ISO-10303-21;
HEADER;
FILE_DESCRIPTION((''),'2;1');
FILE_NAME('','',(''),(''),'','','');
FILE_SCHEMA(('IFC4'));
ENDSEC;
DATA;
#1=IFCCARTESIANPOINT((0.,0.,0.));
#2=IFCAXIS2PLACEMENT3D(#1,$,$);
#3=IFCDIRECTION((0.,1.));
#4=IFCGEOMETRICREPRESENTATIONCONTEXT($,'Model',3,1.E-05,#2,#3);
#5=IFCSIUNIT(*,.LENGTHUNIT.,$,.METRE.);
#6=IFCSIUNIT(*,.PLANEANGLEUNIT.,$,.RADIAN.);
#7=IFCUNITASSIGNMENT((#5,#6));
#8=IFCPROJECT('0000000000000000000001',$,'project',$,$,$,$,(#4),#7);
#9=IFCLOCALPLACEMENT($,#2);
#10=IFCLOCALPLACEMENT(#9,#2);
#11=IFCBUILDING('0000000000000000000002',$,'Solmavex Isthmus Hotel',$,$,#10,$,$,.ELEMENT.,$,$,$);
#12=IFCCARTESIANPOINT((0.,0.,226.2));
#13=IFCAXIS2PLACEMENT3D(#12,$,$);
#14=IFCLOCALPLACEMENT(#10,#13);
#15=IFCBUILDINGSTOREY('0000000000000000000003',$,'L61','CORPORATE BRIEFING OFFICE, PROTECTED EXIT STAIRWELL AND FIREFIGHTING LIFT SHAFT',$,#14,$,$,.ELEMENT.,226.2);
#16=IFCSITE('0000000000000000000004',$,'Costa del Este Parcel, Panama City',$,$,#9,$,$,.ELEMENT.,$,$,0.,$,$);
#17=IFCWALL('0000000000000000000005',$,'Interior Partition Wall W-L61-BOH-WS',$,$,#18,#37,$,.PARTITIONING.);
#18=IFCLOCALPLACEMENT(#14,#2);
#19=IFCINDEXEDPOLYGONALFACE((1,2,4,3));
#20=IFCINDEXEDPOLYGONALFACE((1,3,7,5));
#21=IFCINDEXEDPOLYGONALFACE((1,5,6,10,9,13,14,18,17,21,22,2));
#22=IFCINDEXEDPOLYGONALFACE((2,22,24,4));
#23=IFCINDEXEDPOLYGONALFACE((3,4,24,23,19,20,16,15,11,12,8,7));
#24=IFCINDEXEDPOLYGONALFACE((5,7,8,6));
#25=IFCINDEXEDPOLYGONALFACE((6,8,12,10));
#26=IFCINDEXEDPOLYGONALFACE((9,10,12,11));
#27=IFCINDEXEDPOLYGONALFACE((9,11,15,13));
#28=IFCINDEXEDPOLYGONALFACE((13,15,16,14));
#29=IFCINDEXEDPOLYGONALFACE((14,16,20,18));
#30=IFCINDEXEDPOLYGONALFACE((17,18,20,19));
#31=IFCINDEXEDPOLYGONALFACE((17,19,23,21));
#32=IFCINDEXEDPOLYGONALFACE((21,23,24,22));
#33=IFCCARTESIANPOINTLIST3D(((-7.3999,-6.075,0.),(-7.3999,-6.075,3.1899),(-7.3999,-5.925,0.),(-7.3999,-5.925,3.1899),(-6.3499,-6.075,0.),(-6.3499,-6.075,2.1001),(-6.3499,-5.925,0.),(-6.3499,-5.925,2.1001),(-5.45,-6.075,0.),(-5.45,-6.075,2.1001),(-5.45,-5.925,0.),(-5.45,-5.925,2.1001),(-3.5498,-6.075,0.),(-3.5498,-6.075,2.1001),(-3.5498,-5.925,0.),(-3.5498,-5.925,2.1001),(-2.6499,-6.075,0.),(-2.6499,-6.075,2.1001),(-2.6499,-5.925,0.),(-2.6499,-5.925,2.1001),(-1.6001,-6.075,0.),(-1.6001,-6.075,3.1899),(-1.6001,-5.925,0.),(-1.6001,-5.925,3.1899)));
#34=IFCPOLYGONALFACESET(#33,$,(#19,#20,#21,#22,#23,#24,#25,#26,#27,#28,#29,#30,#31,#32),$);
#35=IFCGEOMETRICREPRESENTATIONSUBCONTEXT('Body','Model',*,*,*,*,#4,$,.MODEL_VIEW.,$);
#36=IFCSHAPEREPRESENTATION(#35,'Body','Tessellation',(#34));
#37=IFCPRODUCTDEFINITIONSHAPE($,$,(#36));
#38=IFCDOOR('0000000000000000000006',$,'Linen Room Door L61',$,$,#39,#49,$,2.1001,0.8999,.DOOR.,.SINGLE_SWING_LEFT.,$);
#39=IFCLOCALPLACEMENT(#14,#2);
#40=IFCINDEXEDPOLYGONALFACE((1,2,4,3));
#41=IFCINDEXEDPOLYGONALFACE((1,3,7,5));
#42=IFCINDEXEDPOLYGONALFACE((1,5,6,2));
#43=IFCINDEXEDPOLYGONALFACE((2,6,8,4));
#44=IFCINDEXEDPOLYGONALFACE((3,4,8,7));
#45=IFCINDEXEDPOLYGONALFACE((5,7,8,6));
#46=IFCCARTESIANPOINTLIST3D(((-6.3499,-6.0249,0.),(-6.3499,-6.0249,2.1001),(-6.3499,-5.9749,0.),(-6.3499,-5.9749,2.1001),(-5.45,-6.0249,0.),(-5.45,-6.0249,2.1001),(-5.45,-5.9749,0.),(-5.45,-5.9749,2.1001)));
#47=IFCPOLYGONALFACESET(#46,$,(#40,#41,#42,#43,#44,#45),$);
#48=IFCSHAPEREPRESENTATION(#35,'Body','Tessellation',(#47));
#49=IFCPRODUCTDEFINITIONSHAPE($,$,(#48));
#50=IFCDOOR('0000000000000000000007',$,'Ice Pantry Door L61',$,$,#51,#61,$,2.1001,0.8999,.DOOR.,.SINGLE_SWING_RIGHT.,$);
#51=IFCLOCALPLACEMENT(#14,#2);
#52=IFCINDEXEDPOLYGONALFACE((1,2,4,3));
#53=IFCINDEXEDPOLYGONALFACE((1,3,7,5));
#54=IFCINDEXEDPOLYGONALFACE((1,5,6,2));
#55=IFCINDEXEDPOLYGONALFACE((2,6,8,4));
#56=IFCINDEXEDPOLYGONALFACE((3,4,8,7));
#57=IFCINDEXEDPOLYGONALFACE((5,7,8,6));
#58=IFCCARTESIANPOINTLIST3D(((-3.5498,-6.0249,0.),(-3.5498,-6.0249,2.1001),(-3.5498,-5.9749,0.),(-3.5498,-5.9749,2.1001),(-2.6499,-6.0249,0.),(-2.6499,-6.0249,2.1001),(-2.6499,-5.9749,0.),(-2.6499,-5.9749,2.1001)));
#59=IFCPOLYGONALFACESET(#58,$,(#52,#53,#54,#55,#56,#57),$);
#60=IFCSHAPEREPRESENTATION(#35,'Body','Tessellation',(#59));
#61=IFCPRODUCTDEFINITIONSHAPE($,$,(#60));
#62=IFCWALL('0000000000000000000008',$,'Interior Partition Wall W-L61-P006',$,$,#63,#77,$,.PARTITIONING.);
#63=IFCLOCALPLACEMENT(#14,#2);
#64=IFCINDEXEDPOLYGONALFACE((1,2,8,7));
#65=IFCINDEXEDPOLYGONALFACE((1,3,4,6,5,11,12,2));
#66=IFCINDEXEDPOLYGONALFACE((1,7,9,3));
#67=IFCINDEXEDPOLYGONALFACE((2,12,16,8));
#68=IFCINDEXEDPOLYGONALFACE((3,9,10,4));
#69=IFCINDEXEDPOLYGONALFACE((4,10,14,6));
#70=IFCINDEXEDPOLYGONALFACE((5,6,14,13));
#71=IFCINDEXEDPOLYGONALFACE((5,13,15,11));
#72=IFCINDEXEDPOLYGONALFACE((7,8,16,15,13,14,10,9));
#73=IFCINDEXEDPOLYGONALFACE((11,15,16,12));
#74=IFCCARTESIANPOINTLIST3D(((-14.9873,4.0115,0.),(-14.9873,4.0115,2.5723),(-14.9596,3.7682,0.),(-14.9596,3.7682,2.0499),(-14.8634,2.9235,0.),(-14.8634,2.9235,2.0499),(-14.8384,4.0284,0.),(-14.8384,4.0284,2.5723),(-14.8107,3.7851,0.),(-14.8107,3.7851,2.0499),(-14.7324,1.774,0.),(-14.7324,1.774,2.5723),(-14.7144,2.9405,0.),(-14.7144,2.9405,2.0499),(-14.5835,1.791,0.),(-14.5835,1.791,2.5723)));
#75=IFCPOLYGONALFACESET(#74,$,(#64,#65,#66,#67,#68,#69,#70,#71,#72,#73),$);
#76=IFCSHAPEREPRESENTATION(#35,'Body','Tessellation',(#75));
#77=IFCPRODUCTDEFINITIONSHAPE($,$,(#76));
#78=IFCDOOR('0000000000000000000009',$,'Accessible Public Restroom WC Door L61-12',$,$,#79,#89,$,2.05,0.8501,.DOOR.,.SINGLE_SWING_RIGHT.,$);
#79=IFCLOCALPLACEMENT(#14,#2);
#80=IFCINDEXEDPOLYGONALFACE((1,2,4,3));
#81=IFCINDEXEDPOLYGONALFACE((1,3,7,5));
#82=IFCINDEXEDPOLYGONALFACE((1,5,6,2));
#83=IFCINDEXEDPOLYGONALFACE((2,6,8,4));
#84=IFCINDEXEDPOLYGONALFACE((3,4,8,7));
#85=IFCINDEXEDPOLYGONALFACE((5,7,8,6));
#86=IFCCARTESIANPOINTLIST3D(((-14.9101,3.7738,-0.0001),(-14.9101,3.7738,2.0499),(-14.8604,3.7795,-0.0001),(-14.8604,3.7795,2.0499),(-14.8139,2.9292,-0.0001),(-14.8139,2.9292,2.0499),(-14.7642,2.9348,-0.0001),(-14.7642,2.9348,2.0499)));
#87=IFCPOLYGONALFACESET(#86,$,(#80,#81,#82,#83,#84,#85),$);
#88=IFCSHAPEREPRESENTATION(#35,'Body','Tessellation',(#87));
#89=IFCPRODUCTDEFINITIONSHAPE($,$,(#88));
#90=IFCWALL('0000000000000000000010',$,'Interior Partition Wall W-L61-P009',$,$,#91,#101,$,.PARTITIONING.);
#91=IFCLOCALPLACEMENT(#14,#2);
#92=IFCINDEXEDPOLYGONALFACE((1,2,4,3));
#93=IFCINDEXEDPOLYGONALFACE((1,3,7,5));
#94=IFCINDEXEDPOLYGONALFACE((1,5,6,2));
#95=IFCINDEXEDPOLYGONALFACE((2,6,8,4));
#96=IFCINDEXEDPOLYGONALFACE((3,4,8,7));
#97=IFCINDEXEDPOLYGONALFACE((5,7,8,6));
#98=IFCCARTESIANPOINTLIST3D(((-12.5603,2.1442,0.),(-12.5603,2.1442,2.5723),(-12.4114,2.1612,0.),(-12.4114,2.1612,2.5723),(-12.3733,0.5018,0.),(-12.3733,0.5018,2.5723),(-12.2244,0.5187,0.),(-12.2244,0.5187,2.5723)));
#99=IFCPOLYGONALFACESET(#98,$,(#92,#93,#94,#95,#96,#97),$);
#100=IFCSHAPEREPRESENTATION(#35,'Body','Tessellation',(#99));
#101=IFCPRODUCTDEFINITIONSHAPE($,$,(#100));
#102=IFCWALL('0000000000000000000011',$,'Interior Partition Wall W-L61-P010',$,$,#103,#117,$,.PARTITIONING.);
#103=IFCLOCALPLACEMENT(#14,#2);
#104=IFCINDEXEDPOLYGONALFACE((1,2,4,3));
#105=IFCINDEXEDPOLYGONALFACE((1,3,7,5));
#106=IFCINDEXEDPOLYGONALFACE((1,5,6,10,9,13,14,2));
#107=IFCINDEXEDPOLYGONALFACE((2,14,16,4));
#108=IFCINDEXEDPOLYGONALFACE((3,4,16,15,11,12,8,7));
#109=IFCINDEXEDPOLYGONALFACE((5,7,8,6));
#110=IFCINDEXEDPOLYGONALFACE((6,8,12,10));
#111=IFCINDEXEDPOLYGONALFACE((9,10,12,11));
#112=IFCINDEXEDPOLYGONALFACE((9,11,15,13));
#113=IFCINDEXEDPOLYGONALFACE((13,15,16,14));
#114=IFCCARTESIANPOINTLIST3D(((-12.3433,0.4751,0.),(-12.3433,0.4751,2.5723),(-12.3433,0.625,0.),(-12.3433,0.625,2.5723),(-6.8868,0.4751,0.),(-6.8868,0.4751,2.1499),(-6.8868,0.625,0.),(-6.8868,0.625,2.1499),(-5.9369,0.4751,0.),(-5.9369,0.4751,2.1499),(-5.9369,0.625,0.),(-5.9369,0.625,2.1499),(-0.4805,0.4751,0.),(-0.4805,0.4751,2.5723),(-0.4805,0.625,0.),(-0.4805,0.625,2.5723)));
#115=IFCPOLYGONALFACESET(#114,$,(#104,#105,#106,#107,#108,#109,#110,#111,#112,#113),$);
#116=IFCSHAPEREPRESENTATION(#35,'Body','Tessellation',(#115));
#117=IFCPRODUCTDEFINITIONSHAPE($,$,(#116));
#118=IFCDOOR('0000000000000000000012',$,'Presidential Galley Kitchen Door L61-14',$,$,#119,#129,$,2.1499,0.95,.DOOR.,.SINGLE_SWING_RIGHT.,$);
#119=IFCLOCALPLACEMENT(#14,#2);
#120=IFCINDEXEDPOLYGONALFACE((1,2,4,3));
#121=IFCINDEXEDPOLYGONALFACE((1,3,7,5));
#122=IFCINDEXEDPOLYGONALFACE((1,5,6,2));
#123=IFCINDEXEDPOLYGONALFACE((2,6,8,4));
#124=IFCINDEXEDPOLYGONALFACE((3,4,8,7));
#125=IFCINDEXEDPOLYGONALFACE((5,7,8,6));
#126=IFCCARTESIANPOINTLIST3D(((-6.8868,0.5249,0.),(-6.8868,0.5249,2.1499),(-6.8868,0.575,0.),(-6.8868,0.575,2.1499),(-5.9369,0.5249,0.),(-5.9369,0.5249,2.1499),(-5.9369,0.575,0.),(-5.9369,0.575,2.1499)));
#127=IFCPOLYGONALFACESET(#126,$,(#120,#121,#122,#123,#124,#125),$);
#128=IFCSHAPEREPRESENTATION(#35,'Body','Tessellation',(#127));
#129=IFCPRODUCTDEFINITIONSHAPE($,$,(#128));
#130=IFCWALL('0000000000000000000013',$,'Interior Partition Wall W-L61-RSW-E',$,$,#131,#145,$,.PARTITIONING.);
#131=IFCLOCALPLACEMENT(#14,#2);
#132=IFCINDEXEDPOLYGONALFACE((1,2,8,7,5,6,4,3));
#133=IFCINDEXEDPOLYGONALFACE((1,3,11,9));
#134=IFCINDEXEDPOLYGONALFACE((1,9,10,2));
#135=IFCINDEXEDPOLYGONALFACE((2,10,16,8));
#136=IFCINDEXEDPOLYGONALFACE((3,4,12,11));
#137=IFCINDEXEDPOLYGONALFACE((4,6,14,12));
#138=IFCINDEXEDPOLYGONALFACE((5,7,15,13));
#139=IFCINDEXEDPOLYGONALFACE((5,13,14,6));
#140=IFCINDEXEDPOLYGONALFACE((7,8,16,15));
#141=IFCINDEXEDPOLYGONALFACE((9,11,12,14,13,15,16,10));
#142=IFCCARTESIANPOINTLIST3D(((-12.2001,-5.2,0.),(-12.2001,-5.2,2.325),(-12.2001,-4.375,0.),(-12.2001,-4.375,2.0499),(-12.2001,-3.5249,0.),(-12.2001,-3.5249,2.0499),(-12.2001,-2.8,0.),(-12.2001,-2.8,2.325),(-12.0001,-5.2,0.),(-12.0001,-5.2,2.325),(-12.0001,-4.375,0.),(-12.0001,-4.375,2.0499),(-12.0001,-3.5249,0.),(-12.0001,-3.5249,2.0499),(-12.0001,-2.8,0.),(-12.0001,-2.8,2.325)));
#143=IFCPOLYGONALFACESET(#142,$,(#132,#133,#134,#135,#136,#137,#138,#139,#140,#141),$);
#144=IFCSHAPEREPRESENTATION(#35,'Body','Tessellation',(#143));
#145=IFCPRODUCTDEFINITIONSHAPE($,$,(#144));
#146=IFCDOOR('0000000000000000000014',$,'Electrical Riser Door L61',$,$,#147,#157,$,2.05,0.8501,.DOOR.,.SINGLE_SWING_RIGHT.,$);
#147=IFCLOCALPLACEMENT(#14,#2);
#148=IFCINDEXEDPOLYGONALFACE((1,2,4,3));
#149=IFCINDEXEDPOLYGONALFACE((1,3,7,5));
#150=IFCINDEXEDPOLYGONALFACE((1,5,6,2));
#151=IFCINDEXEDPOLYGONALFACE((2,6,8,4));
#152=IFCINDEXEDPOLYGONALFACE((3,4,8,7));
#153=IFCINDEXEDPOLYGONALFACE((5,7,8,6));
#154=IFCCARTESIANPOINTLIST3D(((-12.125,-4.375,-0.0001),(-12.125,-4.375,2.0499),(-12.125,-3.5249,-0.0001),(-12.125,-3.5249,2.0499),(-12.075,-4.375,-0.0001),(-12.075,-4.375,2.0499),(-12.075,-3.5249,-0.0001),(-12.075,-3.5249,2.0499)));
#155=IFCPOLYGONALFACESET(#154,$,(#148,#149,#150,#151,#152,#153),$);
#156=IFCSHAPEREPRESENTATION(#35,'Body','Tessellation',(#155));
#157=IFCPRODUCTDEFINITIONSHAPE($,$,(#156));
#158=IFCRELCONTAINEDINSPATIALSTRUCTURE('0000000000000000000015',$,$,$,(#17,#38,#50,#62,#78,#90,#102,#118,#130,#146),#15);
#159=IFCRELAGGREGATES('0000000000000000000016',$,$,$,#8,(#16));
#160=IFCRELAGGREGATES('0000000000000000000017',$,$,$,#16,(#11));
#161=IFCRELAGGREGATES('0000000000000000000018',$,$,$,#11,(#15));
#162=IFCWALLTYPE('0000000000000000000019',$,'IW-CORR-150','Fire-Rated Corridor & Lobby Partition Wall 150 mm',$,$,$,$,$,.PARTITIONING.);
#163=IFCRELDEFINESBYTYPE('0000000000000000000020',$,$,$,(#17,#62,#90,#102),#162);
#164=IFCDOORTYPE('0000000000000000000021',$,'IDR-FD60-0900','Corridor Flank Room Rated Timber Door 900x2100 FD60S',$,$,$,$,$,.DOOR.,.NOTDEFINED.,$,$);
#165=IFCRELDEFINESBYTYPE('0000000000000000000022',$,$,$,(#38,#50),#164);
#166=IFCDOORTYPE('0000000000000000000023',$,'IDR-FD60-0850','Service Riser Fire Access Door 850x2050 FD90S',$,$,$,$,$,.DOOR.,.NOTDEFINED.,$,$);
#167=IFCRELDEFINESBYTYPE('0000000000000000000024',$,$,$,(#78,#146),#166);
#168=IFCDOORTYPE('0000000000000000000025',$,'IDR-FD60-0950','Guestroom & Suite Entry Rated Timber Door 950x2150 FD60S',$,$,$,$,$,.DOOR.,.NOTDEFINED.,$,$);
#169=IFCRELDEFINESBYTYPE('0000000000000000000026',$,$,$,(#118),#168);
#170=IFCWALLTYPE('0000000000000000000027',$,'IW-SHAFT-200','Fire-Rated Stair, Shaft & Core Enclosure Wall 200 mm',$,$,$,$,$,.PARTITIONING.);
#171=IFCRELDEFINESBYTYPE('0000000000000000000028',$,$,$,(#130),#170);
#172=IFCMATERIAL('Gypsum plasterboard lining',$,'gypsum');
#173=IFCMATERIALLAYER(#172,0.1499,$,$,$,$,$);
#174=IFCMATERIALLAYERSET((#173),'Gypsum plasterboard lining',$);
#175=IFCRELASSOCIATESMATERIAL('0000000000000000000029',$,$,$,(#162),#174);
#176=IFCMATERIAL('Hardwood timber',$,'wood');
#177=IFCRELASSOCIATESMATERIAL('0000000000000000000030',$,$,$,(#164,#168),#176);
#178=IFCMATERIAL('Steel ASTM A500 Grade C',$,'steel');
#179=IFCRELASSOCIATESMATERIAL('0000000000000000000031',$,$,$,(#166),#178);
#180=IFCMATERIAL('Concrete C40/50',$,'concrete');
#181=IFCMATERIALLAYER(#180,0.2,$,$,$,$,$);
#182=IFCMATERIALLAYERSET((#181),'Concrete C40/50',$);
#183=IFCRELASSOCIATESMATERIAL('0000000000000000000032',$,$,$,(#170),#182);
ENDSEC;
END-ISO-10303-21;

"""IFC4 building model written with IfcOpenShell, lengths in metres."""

from ifc_helpers import new_model, si_unit, direction, frame, frame_2d, origin, place, context, subcontext, project, spatial, rectangle, extrude, material, layer, layer_set, type_object, element, fill, save


model = new_model("IFC4")

# Units and contexts
model_context = context("Model", 3, precision=1e-05, world=origin(), true_north=direction((0.0, 1.0)))
body_context = subcontext(model_context, "Body", "Model", "MODEL_VIEW")
ifc_project = project(units=[si_unit("LENGTHUNIT", "METRE"), si_unit("PLANEANGLEUNIT", "RADIAN")], contexts=[model_context])

# Site, building, storey
site_placement = place(None, origin())
site = spatial("IfcSite", under=ifc_project, at=site_placement, Name="Costa del Este Parcel, Panama City", CompositionType="ELEMENT", RefElevation=0.0)
building_placement = place(site_placement, origin())
building = spatial("IfcBuilding", under=site, at=building_placement, Name="Solmavex Isthmus Hotel", CompositionType="ELEMENT")
storey_placement = place(building_placement, frame((0.0, 0.0, 226.2)))
storey = spatial("IfcBuildingStorey", under=building, at=storey_placement, Name="L61", Description="CORPORATE BRIEFING OFFICE, PROTECTED EXIT STAIRWELL AND FIREFIGHTING LIFT SHAFT", CompositionType="ELEMENT", Elevation=226.2)

# Shared definitions
ifc_material_1 = material(Name="Gypsum plasterboard lining", Category="gypsum")

# Wall, openings, doors
ifc_layer_1 = layer(ifc_material_1, 0.1499)
ifc_layer_set_1 = layer_set([ifc_layer_1], Name="Gypsum plasterboard lining")
wall_type_1 = type_object("IfcWallType", Name="IW-CORR-150", Description="Fire-Rated Corridor & Lobby Partition Wall 150 mm", PredefinedType="PARTITIONING", material=ifc_layer_set_1)
wall_1_placement = place(storey_placement, frame((-7.3999, -6.0, 0.0), z_axis=(0.0, 0.0, 1.0), x_axis=(1.0, 0.0, 0.0)))
wall_1 = element("IfcWall", 1, at=wall_1_placement, inside=storey, type_object=wall_type_1, Name="Interior Partition Wall W-L61-BOH-WS", PredefinedType="PARTITIONING", context=body_context, shape_type="SweptSolid", body=[
    extrude(rectangle(XDim=5.7998, YDim=0.1499, at=frame_2d((2.8999, 0.0))), origin(), (0.0, 0.0, 1.0), 3.1899),
])
opening_1_placement = place(wall_1_placement, frame((1.05, 0.0, 0.0)))
opening_1 = element("IfcOpeningElement", 2, at=opening_1_placement, cuts=wall_1, PredefinedType="OPENING", context=body_context, shape_type="SweptSolid", body=[
    extrude(rectangle(XDim=0.8999, YDim=2.1001, at=frame_2d((0.45, 1.05))), frame((0.0, 0.085, 0.0), z_axis=(0.0, -1.0, 0.0), x_axis=(1.0, 0.0, 0.0)), (0.0, 0.0, 1.0), 0.1699),
])
opening_2_placement = place(wall_1_placement, frame((3.8501, 0.0, 0.0)))
opening_2 = element("IfcOpeningElement", 3, at=opening_2_placement, cuts=wall_1, PredefinedType="OPENING", context=body_context, shape_type="SweptSolid", body=[
    extrude(rectangle(XDim=0.8999, YDim=2.1001, at=frame_2d((0.45, 1.05))), frame((0.0, 0.085, 0.0), z_axis=(0.0, -1.0, 0.0), x_axis=(1.0, 0.0, 0.0)), (0.0, 0.0, 1.0), 0.1699),
])
ifc_material_2 = material(Name="Hardwood timber", Category="wood")
door_type_1 = type_object("IfcDoorType", Name="IDR-FD60-0900", Description="Corridor Flank Room Rated Timber Door 900x2100 FD60S", OperationType="NOTDEFINED", PredefinedType="DOOR", material=ifc_material_2)
door_1_placement = place(opening_1_placement, frame((0.8999, 0.0, 0.0), z_axis=(0.0, 0.0, 1.0), x_axis=(-1.0, 0.0, 0.0)))
door_1 = element("IfcDoor", 4, at=door_1_placement, inside=storey, type_object=door_type_1, Name="Linen Room Door L61", OperationType="SINGLE_SWING_LEFT", OverallHeight=2.1001, OverallWidth=0.8999, PredefinedType="DOOR", context=body_context, shape_type="SweptSolid", body=[
    extrude(rectangle(XDim=0.8999, YDim=2.1001, at=frame_2d((0.45, 1.05))), frame((0.0, 0.0249, 0.0), z_axis=(0.0, -1.0, 0.0), x_axis=(1.0, 0.0, 0.0)), (0.0, 0.0, 1.0), 0.05),
])
fill(opening_1, door_1)
door_2_placement = place(opening_2_placement, frame((0.8999, 0.0, 0.0), z_axis=(0.0, 0.0, 1.0), x_axis=(-1.0, 0.0, 0.0)))
door_2 = element("IfcDoor", 5, at=door_2_placement, inside=storey, type_object=door_type_1, Name="Ice Pantry Door L61", OperationType="SINGLE_SWING_RIGHT", OverallHeight=2.1001, OverallWidth=0.8999, PredefinedType="DOOR", context=body_context, shape_type="SweptSolid", body=[
    extrude(rectangle(XDim=0.8999, YDim=2.1001, at=frame_2d((0.45, 1.05))), frame((0.0, 0.0249, 0.0), z_axis=(0.0, -1.0, 0.0), x_axis=(1.0, 0.0, 0.0)), (0.0, 0.0, 1.0), 0.05),
])
fill(opening_2, door_2)

# Wall, opening, door
wall_2_placement = place(storey_placement, frame((-14.658, 1.7825, 0.0), z_axis=(0.0, 0.0, 1.0), x_axis=(-0.11318, 0.993575, 0.0)))
wall_2 = element("IfcWall", 6, at=wall_2_placement, inside=storey, type_object=wall_type_1, Name="Interior Partition Wall W-L61-P006", PredefinedType="PARTITIONING", context=body_context, shape_type="SweptSolid", body=[
    extrude(rectangle(XDim=2.252, YDim=0.1499, at=frame_2d((1.126, 0.0))), origin(), (0.0, 0.0, 1.0), 2.5723),
])
opening_3_placement = place(wall_2_placement, frame((1.157, 0.0, 0.0)))
opening_3 = element("IfcOpeningElement", 7, at=opening_3_placement, cuts=wall_2, PredefinedType="OPENING", context=body_context, shape_type="SweptSolid", body=[
    extrude(rectangle(XDim=0.8501, YDim=2.05, at=frame_2d((0.425, 1.0249))), frame((0.0, 0.085, 0.0), z_axis=(0.0, -1.0, 0.0), x_axis=(1.0, 0.0, 0.0)), (0.0, 0.0, 1.0), 0.1699),
])
ifc_material_3 = material(Name="Steel ASTM A500 Grade C", Category="steel")
door_type_2 = type_object("IfcDoorType", Name="IDR-FD60-0850", Description="Service Riser Fire Access Door 850x2050 FD90S", OperationType="NOTDEFINED", PredefinedType="DOOR", material=ifc_material_3)
door_3_placement = place(opening_3_placement, frame((0.8501, 0.0, 0.0), z_axis=(0.0, 0.0, 1.0), x_axis=(-1.0, 0.0, 0.0)))
door_3 = element("IfcDoor", 8, at=door_3_placement, inside=storey, type_object=door_type_2, Name="Accessible Public Restroom WC Door L61-12", OperationType="SINGLE_SWING_RIGHT", OverallHeight=2.05, OverallWidth=0.8501, PredefinedType="DOOR", context=body_context, shape_type="SweptSolid", body=[
    extrude(rectangle(XDim=0.8501, YDim=2.05, at=frame_2d((0.425, 1.0249))), frame((0.0, 0.0249, 0.0), z_axis=(0.0, -1.0, 0.0), x_axis=(1.0, 0.0, 0.0)), (0.0, 0.0, 1.0), 0.05),
])
fill(opening_3, door_3)

# Wall
wall_3_placement = place(storey_placement, frame((-12.4858, 2.1528, 0.0), z_axis=(0.0, 0.0, 1.0), x_axis=(0.113122, -0.993581, 0.0)))
element("IfcWall", 9, at=wall_3_placement, inside=storey, type_object=wall_type_1, Name="Interior Partition Wall W-L61-P009", PredefinedType="PARTITIONING", context=body_context, shape_type="SweptSolid", body=[
    extrude(rectangle(XDim=1.6531, YDim=0.1499, at=frame_2d((0.8267, 0.0))), origin(), (0.0, 0.0, 1.0), 2.5723),
])

# Walls, openings, doors
wall_4_placement = place(storey_placement, frame((-12.3433, 0.55, 0.0), z_axis=(0.0, 0.0, 1.0), x_axis=(1.0, 0.0, 0.0)))
wall_4 = element("IfcWall", 10, at=wall_4_placement, inside=storey, type_object=wall_type_1, Name="Interior Partition Wall W-L61-P010", PredefinedType="PARTITIONING", context=body_context, shape_type="SweptSolid", body=[
    extrude(rectangle(XDim=11.8628, YDim=0.1499, at=frame_2d((5.9314, 0.0))), origin(), (0.0, 0.0, 1.0), 2.5723),
])
opening_4_placement = place(wall_4_placement, frame((5.4563, 0.0, 0.0)))
opening_4 = element("IfcOpeningElement", 11, at=opening_4_placement, cuts=wall_4, PredefinedType="OPENING", context=body_context, shape_type="SweptSolid", body=[
    extrude(rectangle(XDim=0.95, YDim=2.1499, at=frame_2d((0.4751, 1.075))), frame((0.0, 0.085, 0.0), z_axis=(0.0, -1.0, 0.0), x_axis=(1.0, 0.0, 0.0)), (0.0, 0.0, 1.0), 0.1699),
])
door_type_3 = type_object("IfcDoorType", Name="IDR-FD60-0950", Description="Guestroom & Suite Entry Rated Timber Door 950x2150 FD60S", OperationType="NOTDEFINED", PredefinedType="DOOR", material=ifc_material_2)
door_4_placement = place(opening_4_placement, origin())
door_4 = element("IfcDoor", 12, at=door_4_placement, inside=storey, type_object=door_type_3, Name="Presidential Galley Kitchen Door L61-14", OperationType="SINGLE_SWING_RIGHT", OverallHeight=2.1499, OverallWidth=0.95, PredefinedType="DOOR", context=body_context, shape_type="SweptSolid", body=[
    extrude(rectangle(XDim=0.95, YDim=2.1499, at=frame_2d((0.4751, 1.075))), frame((0.0, 0.0249, 0.0), z_axis=(0.0, -1.0, 0.0), x_axis=(1.0, 0.0, 0.0)), (0.0, 0.0, 1.0), 0.05),
])
fill(opening_4, door_4)
ifc_material_4 = material(Name="Concrete C40/50", Category="concrete")
ifc_layer_2 = layer(ifc_material_4, 0.2)
ifc_layer_set_2 = layer_set([ifc_layer_2], Name="Concrete C40/50")
wall_type_2 = type_object("IfcWallType", Name="IW-SHAFT-200", Description="Fire-Rated Stair, Shaft & Core Enclosure Wall 200 mm", PredefinedType="PARTITIONING", material=ifc_layer_set_2)
wall_5_placement = place(storey_placement, frame((-12.1001, -5.2, 0.0), z_axis=(0.0, 0.0, 1.0), x_axis=(0.0, 1.0, 0.0)))
wall_5 = element("IfcWall", 13, at=wall_5_placement, inside=storey, type_object=wall_type_2, Name="Interior Partition Wall W-L61-RSW-E", PredefinedType="PARTITIONING", context=body_context, shape_type="SweptSolid", body=[
    extrude(rectangle(XDim=2.3999, YDim=0.2, at=frame_2d((1.2, 0.0))), origin(), (0.0, 0.0, 1.0), 2.325),
])
opening_5_placement = place(wall_5_placement, frame((0.825, 0.0, 0.0)))
opening_5 = element("IfcOpeningElement", 14, at=opening_5_placement, cuts=wall_5, PredefinedType="OPENING", context=body_context, shape_type="SweptSolid", body=[
    extrude(rectangle(XDim=0.8501, YDim=2.05, at=frame_2d((0.425, 1.0249))), frame((0.0, 0.1099, 0.0), z_axis=(0.0, -1.0, 0.0), x_axis=(1.0, 0.0, 0.0)), (0.0, 0.0, 1.0), 0.22),
])
door_5_placement = place(opening_5_placement, origin())
door_5 = element("IfcDoor", 15, at=door_5_placement, inside=storey, type_object=door_type_2, Name="Electrical Riser Door L61", OperationType="SINGLE_SWING_RIGHT", OverallHeight=2.05, OverallWidth=0.8501, PredefinedType="DOOR", context=body_context, shape_type="SweptSolid", body=[
    extrude(rectangle(XDim=0.8501, YDim=2.05, at=frame_2d((0.425, 1.0249))), frame((0.0, 0.0249, 0.0), z_axis=(0.0, -1.0, 0.0), x_axis=(1.0, 0.0, 0.0)), (0.0, 0.0, 1.0), 0.05),
])
fill(opening_5, door_5)

save(model, "model.ifc")
